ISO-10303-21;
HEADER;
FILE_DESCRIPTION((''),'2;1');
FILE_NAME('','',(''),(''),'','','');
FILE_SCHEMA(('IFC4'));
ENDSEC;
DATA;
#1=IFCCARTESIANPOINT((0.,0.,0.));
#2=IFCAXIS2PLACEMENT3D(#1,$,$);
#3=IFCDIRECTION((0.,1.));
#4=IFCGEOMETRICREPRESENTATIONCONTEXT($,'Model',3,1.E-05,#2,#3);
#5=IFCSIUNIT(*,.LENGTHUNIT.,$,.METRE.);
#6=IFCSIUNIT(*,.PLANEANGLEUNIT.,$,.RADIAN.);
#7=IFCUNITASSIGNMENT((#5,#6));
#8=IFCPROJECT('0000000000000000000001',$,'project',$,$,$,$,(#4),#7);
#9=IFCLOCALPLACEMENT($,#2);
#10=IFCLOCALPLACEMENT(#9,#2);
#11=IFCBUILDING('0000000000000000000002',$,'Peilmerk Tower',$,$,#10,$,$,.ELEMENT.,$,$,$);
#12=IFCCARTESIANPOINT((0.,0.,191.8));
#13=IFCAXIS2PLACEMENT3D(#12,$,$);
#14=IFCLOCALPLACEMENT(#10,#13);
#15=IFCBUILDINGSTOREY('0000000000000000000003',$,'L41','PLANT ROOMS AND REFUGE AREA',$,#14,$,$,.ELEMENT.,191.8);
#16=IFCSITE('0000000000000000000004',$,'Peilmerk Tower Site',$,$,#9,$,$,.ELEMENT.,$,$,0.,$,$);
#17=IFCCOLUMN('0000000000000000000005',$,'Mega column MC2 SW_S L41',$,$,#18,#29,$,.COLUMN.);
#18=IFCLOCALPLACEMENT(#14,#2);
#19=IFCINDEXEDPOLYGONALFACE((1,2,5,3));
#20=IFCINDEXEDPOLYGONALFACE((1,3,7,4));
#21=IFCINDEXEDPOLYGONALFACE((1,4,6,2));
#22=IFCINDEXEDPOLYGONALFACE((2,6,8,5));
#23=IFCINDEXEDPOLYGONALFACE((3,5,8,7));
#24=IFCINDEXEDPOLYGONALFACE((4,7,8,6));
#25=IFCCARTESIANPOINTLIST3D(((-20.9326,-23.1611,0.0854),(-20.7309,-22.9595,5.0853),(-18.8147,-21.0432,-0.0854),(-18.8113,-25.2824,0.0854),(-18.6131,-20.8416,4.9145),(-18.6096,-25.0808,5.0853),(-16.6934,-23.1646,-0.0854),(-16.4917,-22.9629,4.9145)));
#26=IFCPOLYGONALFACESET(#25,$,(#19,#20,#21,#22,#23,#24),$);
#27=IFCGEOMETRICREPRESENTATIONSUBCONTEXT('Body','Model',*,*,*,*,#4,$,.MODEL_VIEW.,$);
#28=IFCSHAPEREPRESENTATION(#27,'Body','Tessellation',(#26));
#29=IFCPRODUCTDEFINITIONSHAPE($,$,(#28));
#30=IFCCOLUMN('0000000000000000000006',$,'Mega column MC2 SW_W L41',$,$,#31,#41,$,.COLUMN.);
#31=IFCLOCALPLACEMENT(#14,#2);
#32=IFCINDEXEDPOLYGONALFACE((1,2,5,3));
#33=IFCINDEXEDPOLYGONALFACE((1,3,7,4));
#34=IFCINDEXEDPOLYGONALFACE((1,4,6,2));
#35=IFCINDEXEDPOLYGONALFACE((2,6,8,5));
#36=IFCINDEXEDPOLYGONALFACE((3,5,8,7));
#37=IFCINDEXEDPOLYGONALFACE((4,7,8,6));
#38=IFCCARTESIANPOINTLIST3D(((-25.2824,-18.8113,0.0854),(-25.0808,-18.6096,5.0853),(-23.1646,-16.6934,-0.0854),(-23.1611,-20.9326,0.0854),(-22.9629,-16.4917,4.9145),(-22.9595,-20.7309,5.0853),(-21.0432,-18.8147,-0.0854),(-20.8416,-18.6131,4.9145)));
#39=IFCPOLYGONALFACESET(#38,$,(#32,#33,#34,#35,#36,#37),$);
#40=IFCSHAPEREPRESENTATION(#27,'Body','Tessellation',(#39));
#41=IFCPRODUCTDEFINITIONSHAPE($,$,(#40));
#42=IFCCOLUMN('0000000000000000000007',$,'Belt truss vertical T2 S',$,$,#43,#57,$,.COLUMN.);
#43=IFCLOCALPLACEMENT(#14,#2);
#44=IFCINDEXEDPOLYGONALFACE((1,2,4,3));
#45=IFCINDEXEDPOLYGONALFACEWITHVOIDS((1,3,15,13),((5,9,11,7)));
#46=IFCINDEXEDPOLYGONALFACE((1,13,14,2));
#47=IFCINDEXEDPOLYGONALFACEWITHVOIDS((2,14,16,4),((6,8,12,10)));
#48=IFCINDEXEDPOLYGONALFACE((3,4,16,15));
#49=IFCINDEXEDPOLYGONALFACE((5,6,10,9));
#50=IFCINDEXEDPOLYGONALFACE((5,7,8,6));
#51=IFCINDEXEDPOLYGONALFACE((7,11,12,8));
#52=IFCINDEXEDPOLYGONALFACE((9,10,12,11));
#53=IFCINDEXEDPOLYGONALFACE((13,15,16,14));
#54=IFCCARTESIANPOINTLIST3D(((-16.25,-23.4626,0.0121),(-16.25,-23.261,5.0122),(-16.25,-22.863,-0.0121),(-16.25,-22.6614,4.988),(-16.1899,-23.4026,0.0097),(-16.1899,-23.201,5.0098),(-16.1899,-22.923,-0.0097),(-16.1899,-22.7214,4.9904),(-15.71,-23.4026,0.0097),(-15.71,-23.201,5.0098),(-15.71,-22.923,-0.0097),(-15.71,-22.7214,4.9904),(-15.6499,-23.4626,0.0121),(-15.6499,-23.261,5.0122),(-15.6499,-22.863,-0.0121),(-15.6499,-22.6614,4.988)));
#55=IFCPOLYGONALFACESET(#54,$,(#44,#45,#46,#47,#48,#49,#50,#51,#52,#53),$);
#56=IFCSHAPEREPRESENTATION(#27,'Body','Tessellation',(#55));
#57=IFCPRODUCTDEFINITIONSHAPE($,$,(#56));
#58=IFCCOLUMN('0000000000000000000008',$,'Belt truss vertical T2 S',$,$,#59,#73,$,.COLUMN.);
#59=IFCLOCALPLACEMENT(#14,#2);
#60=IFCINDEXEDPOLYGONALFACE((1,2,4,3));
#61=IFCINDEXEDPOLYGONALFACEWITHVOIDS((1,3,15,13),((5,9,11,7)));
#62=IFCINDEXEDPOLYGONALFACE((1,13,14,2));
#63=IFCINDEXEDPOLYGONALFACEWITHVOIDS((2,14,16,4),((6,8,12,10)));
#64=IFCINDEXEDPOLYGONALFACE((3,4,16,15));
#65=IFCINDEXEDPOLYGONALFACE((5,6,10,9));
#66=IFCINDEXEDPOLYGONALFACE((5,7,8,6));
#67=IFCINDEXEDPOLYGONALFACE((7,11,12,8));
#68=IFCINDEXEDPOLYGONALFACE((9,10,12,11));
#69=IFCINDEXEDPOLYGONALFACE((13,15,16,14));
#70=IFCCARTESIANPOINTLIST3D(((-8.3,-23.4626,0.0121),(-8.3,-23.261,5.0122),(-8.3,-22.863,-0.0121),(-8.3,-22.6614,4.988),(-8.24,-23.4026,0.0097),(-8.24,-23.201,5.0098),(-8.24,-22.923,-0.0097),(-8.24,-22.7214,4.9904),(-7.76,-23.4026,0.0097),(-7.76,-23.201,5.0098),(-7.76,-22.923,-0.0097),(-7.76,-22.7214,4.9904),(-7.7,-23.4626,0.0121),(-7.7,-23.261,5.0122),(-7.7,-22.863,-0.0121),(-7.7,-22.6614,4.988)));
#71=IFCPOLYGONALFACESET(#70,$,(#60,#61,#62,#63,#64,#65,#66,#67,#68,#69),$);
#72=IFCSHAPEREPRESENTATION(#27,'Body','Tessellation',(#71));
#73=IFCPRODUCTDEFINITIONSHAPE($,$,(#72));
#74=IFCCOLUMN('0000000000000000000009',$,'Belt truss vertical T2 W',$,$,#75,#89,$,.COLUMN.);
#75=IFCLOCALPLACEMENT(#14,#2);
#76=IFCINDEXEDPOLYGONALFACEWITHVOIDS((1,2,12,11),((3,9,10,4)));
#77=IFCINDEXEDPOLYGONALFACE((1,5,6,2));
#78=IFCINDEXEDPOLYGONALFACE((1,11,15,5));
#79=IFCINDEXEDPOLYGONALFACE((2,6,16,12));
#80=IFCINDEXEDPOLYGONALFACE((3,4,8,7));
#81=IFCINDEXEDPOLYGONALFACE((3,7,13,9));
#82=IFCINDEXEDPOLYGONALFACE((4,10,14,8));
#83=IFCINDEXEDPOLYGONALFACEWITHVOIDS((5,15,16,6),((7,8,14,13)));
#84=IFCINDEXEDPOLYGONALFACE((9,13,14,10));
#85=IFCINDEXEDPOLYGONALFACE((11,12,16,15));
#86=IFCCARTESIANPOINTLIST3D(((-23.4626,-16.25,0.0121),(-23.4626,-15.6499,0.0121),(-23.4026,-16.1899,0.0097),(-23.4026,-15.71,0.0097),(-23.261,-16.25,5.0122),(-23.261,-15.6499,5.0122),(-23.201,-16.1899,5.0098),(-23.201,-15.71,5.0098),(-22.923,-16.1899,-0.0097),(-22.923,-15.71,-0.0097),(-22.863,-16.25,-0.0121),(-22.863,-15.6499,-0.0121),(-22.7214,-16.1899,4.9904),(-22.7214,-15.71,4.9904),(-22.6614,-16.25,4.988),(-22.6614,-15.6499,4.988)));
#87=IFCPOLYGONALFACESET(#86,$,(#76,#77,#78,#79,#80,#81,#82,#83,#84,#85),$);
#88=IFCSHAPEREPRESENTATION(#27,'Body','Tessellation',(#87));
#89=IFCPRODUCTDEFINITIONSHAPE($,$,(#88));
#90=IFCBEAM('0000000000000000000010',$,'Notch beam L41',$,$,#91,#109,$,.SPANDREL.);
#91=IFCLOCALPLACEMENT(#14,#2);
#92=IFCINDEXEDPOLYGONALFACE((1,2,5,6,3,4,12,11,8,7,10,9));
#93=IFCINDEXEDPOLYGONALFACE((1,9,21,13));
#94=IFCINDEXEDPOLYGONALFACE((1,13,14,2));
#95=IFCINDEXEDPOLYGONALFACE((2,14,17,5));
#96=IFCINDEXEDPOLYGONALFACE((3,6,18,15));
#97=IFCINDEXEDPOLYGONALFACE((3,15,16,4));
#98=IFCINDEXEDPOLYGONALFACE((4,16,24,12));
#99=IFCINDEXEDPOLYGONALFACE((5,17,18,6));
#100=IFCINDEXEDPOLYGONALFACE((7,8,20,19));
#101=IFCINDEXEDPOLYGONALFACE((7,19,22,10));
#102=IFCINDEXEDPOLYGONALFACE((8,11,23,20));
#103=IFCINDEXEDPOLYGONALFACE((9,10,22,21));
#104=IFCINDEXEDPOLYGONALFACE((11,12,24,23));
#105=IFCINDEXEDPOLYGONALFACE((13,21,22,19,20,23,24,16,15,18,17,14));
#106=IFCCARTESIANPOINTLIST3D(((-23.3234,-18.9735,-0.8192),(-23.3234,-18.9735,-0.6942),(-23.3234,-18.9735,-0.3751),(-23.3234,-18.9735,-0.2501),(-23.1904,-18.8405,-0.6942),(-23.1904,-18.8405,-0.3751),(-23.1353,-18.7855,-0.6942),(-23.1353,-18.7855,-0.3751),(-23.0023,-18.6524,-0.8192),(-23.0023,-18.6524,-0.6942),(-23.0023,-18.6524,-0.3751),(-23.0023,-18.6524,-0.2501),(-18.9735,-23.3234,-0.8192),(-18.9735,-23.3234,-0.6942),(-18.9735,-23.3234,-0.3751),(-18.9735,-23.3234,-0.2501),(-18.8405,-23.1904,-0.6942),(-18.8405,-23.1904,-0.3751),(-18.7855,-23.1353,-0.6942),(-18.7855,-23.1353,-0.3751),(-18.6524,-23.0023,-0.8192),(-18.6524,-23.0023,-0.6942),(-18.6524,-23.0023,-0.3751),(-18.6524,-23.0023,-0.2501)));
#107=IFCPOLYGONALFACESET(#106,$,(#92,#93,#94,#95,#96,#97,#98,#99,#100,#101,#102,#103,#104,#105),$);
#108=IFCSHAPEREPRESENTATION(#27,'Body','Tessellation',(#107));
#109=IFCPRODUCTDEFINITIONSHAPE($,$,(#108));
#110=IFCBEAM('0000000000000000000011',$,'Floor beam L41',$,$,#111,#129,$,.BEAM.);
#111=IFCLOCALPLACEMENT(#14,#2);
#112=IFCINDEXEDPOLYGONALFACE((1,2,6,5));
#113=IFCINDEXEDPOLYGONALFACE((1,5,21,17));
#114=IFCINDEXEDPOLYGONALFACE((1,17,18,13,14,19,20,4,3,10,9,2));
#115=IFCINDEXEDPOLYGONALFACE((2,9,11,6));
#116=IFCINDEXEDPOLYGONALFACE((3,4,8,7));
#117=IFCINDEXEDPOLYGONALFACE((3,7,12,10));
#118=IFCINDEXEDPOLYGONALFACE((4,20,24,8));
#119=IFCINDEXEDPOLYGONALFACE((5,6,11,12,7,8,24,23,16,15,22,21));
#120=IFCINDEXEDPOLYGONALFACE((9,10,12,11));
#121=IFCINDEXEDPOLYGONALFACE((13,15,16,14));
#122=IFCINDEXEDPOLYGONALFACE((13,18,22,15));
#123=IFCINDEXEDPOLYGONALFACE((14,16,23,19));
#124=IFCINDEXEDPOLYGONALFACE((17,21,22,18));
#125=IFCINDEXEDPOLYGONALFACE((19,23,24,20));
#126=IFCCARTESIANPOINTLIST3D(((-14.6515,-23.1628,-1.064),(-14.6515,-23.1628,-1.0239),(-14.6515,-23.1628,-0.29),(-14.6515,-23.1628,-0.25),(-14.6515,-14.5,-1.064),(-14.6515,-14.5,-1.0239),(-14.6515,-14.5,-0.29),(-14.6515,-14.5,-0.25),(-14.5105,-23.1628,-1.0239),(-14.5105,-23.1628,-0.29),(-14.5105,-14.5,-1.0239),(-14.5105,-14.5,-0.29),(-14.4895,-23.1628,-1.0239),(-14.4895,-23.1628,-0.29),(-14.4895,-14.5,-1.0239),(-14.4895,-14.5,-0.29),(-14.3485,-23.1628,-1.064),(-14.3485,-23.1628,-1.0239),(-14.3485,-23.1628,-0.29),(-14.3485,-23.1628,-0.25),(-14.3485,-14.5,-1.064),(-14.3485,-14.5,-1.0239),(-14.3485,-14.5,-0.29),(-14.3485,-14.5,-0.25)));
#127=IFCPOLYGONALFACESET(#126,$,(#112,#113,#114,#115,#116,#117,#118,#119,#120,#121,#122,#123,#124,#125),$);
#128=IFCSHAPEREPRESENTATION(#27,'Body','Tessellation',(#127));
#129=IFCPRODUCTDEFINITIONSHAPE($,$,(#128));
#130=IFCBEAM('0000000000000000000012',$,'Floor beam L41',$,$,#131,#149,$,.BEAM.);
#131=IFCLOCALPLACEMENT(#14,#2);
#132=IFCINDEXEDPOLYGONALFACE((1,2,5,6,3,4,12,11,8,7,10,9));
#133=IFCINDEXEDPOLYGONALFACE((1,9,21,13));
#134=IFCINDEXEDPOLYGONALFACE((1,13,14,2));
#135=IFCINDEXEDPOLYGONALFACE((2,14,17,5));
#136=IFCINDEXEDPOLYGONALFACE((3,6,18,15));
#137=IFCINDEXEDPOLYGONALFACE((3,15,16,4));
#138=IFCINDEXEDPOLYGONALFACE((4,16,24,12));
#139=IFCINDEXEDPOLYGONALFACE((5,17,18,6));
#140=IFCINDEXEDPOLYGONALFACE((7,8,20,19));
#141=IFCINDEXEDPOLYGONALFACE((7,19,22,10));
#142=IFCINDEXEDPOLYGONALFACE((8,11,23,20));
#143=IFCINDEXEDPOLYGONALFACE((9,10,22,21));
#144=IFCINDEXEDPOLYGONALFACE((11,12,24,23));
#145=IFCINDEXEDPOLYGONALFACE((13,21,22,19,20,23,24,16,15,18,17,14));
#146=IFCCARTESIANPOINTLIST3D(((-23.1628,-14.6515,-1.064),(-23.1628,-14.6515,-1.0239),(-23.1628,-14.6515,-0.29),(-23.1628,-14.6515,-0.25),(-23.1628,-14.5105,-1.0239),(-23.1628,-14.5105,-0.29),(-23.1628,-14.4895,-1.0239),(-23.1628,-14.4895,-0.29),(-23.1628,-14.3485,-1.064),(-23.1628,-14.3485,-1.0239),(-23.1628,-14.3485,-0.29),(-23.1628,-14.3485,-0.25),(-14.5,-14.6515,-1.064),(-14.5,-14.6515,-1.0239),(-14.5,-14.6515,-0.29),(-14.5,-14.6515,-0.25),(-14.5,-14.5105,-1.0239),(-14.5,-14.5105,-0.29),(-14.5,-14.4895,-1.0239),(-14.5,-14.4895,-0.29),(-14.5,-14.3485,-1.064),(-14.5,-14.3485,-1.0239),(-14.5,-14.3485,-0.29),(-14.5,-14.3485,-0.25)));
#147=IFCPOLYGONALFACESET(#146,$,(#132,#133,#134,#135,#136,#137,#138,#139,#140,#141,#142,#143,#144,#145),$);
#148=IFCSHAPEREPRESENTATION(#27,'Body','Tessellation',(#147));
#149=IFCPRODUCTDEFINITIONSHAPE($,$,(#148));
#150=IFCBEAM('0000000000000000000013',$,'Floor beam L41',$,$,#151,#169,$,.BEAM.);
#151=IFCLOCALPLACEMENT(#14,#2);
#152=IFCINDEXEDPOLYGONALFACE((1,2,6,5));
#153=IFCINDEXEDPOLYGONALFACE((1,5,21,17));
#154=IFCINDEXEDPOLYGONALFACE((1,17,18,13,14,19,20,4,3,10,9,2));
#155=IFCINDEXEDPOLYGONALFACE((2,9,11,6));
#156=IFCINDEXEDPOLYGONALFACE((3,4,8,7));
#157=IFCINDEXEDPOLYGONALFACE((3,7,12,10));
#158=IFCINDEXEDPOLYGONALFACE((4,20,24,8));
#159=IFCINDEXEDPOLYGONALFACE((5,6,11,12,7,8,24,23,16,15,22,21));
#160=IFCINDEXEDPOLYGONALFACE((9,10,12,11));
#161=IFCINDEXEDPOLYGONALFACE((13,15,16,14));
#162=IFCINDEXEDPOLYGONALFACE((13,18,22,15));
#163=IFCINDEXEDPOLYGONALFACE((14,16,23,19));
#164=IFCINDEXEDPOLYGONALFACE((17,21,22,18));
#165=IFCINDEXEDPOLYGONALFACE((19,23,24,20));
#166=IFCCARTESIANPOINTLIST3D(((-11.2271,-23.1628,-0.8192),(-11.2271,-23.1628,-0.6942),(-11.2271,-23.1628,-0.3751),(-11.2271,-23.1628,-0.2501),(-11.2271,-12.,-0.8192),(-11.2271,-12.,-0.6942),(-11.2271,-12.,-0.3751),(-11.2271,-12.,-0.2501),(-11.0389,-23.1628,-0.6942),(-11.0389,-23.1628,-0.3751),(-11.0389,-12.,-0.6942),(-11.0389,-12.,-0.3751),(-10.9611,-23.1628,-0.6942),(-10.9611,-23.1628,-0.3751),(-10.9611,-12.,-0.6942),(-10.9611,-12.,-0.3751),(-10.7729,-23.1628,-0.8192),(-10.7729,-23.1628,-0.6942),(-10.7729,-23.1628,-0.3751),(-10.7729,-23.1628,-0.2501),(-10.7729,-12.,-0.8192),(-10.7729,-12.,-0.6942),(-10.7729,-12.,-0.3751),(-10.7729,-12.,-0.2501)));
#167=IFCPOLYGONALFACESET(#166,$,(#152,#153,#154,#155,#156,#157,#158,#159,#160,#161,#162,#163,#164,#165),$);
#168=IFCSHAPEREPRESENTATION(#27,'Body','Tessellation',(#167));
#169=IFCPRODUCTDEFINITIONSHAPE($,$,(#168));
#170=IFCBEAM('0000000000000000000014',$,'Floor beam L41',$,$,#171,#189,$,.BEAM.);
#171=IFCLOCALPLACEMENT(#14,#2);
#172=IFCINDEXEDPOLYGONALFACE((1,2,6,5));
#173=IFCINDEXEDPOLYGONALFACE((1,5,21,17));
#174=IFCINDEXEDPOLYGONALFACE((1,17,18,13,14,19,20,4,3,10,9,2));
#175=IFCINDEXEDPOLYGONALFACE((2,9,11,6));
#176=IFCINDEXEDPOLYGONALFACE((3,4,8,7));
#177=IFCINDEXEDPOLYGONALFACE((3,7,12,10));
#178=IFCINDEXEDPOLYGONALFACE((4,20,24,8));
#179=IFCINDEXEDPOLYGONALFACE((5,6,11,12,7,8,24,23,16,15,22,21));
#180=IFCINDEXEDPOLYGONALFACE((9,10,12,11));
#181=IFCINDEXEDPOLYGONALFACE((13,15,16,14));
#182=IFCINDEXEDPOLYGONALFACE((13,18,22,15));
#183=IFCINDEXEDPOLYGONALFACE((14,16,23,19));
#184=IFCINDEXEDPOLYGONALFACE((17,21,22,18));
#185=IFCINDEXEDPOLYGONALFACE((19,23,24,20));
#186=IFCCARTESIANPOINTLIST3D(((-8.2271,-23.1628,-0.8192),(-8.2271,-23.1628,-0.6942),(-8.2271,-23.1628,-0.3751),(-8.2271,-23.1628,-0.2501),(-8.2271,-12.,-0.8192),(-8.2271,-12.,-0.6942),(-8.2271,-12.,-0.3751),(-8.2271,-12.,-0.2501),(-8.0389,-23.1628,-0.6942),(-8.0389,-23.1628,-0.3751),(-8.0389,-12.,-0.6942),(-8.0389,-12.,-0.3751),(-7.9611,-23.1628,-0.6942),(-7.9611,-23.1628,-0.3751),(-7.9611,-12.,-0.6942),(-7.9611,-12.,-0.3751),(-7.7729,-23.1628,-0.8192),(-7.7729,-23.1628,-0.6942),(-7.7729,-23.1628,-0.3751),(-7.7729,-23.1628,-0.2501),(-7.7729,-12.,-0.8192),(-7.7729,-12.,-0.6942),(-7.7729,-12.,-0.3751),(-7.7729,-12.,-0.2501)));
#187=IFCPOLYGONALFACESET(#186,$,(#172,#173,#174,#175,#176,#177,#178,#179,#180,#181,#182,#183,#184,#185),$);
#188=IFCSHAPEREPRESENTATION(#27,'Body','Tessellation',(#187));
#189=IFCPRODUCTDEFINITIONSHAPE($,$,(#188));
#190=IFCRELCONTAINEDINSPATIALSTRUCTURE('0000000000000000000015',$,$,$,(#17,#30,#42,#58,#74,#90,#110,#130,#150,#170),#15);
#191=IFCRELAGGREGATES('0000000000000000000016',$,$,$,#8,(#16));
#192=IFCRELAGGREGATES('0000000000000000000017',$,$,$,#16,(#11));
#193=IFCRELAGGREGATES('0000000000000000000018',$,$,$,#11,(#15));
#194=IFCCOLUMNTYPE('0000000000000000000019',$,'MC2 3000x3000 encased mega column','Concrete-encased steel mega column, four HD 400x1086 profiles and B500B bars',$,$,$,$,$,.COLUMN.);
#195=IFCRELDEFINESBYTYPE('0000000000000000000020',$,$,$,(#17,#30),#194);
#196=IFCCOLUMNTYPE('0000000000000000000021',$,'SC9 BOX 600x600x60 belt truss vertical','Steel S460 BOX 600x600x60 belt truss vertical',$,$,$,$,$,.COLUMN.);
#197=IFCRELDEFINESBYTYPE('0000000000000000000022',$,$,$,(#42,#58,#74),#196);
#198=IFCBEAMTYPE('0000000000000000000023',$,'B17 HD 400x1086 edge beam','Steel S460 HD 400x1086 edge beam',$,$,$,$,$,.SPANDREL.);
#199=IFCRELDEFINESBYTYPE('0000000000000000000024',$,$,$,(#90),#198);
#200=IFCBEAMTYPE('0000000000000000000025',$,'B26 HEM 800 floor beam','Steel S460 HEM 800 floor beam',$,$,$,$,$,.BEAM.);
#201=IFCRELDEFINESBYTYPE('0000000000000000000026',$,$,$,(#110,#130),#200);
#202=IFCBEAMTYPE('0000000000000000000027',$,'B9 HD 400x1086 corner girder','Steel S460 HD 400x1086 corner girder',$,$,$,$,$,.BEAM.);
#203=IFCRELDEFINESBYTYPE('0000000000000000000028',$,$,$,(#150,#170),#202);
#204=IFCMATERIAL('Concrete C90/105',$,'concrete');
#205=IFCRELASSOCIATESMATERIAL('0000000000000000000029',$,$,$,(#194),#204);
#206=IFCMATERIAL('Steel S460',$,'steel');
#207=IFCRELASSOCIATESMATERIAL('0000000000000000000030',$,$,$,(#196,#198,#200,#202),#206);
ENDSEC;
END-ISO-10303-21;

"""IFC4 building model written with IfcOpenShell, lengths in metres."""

from ifc_helpers import new_model, si_unit, direction, frame, origin, origin_2d, place, context, subcontext, project, spatial, rectangle, hollow_rectangle, i_section, extrude, material, material_profile, profile_set, type_object, element, save


model = new_model("IFC4")

# Units and contexts
model_context = context("Model", 3, precision=1e-05, world=origin(), true_north=direction((0.0, 1.0)))
body_context = subcontext(model_context, "Body", "Model", "MODEL_VIEW")
ifc_project = project(units=[si_unit("LENGTHUNIT", "METRE"), si_unit("PLANEANGLEUNIT", "RADIAN")], contexts=[model_context])

# Site, building, storey
site_placement = place(None, origin())
site = spatial("IfcSite", under=ifc_project, at=site_placement, Name="Peilmerk Tower Site", CompositionType="ELEMENT", RefElevation=0.0)
building_placement = place(site_placement, origin())
building = spatial("IfcBuilding", under=site, at=building_placement, Name="Peilmerk Tower", CompositionType="ELEMENT")
storey_placement = place(building_placement, frame((0.0, 0.0, 191.8)))
storey = spatial("IfcBuildingStorey", under=building, at=storey_placement, Name="L41", Description="PLANT ROOMS AND REFUGE AREA", CompositionType="ELEMENT", Elevation=191.8)

# Columns
ifc_material_1 = material(Name="Concrete C90/105", Category="concrete")
ifc_material_profile_1 = material_profile(ifc_material_1, rectangle(XDim=3.0, YDim=3.0, at=origin_2d()), Name="RC 3000x3000")
ifc_profile_set_1 = profile_set([ifc_material_profile_1], Name="Concrete C90/105")
column_type_1 = type_object("IfcColumnType", Name="MC2 3000x3000 encased mega column", Description="Concrete-encased steel mega column, four HD 400x1086 profiles and B500B bars", PredefinedType="COLUMN", material=ifc_profile_set_1)
for number, where, z_axis, x_axis, name in (
    (1, (-18.813, -23.1628, 0.0), (0.040267, 0.040267, 0.998377), (-0.707107, 0.707107, 0.0), "Mega column MC2 SW_S L41"),
    (2, (-23.1628, -18.813, 0.0), (0.040267, 0.040267, 0.998377), (-0.707107, 0.707107, 0.0), "Mega column MC2 SW_W L41"),
):
    element("IfcColumn", number, at=place(storey_placement, frame(where, z_axis=z_axis, x_axis=x_axis)), inside=storey, type_object=column_type_1, Name=name, PredefinedType="COLUMN", context=body_context, shape_type="SweptSolid", body=[
        extrude(rectangle(XDim=3.0, YDim=3.0, at=origin_2d()), origin(), (0.0, 0.0, 1.0), 5.0081),
    ])
ifc_material_2 = material(Name="Steel S460", Category="steel")
ifc_material_profile_2 = material_profile(ifc_material_2, hollow_rectangle(XDim=0.6001, YDim=0.6001, WallThickness=0.0601, at=origin_2d()), Name="BOX 600x600x60")
ifc_profile_set_2 = profile_set([ifc_material_profile_2], Name="Steel S460")
column_type_2 = type_object("IfcColumnType", Name="SC9 BOX 600x600x60 belt truss vertical", Description="Steel S460 BOX 600x600x60 belt truss vertical", PredefinedType="COLUMN", material=ifc_profile_set_2)
for number, where, z_axis, x_axis, name in (
    (3, (-15.95, -23.1628, 0.0), (0.0, 0.040299, 0.999188), (-1.0, 0.0, 0.0), "Belt truss vertical T2 S"),
    (4, (-8.0, -23.1628, 0.0), (0.0, 0.040299, 0.999188), (-1.0, 0.0, 0.0), "Belt truss vertical T2 S"),
    (5, (-23.1628, -15.95, 0.0), (0.040299, 0.0, 0.999188), (0.0, 1.0, 0.0), "Belt truss vertical T2 W"),
):
    element("IfcColumn", number, at=place(storey_placement, frame(where, z_axis=z_axis, x_axis=x_axis)), inside=storey, type_object=column_type_2, Name=name, PredefinedType="COLUMN", context=body_context, shape_type="SweptSolid", body=[
        extrude(hollow_rectangle(XDim=0.6001, YDim=0.6001, WallThickness=0.0601, at=origin_2d()), origin(), (0.0, 0.0, 1.0), 5.0042),
    ])

# Beams
ifc_material_profile_3 = material_profile(ifc_material_2, i_section(OverallWidth=0.4541, OverallDepth=0.5691, WebThickness=0.0779, FlangeThickness=0.125, at=origin_2d()), Name="HD 400x1086")
ifc_profile_set_3 = profile_set([ifc_material_profile_3], Name="Steel S460")
beam_type_1 = type_object("IfcBeamType", Name="B17 HD 400x1086 edge beam", Description="Steel S460 HD 400x1086 edge beam", PredefinedType="SPANDREL", material=ifc_profile_set_3)
beam_1_placement = place(storey_placement, frame((-18.813, -23.1628, -0.5347), z_axis=(-0.707107, 0.707107, 0.0), x_axis=(-0.707107, -0.707107, 0.0)))
element("IfcBeam", 6, at=beam_1_placement, inside=storey, type_object=beam_type_1, Name="Notch beam L41", PredefinedType="SPANDREL", context=body_context, shape_type="SweptSolid", body=[
    extrude(i_section(OverallWidth=0.4541, OverallDepth=0.5691, WebThickness=0.0779, FlangeThickness=0.125, at=origin_2d()), origin(), (0.0, 0.0, 1.0), 6.1516),
])
ifc_material_profile_4 = material_profile(ifc_material_2, i_section(OverallWidth=0.303, OverallDepth=0.814, WebThickness=0.021, FlangeThickness=0.04, at=origin_2d()), Name="HEM 800")
ifc_profile_set_4 = profile_set([ifc_material_profile_4], Name="Steel S460")
beam_type_2 = type_object("IfcBeamType", Name="B26 HEM 800 floor beam", Description="Steel S460 HEM 800 floor beam", PredefinedType="BEAM", material=ifc_profile_set_4)
for number, where, z_axis, x_axis, name in (
    (7, (-14.5, -14.5, -0.657), (0.0, -1.0, 0.0), (1.0, 0.0, 0.0), "Floor beam L41"),
    (8, (-14.5, -14.5, -0.657), (-1.0, 0.0, 0.0), (0.0, -1.0, 0.0), "Floor beam L41"),
):
    element("IfcBeam", number, at=place(storey_placement, frame(where, z_axis=z_axis, x_axis=x_axis)), inside=storey, type_object=beam_type_2, Name=name, PredefinedType="BEAM", context=body_context, shape_type="SweptSolid", body=[
        extrude(i_section(OverallWidth=0.303, OverallDepth=0.814, WebThickness=0.021, FlangeThickness=0.04, at=origin_2d()), origin(), (0.0, 0.0, 1.0), 8.6628),
    ])
ifc_material_profile_5 = material_profile(ifc_material_2, i_section(OverallWidth=0.4541, OverallDepth=0.5691, WebThickness=0.0779, FlangeThickness=0.125, at=origin_2d()), Name="HD 400x1086")
ifc_profile_set_5 = profile_set([ifc_material_profile_5], Name="Steel S460")
beam_type_3 = type_object("IfcBeamType", Name="B9 HD 400x1086 corner girder", Description="Steel S460 HD 400x1086 corner girder", PredefinedType="BEAM", material=ifc_profile_set_5)
for number, where, z_axis, x_axis, name in (
    (9, (-11.0, -12.0, -0.5347), (0.0, -1.0, 0.0), (1.0, 0.0, 0.0), "Floor beam L41"),
    (10, (-8.0, -12.0, -0.5347), (0.0, -1.0, 0.0), (1.0, 0.0, 0.0), "Floor beam L41"),
):
    element("IfcBeam", number, at=place(storey_placement, frame(where, z_axis=z_axis, x_axis=x_axis)), inside=storey, type_object=beam_type_3, Name=name, PredefinedType="BEAM", context=body_context, shape_type="SweptSolid", body=[
        extrude(i_section(OverallWidth=0.4541, OverallDepth=0.5691, WebThickness=0.0779, FlangeThickness=0.125, at=origin_2d()), origin(), (0.0, 0.0, 1.0), 11.1628),
    ])

save(model, "model.ifc")
